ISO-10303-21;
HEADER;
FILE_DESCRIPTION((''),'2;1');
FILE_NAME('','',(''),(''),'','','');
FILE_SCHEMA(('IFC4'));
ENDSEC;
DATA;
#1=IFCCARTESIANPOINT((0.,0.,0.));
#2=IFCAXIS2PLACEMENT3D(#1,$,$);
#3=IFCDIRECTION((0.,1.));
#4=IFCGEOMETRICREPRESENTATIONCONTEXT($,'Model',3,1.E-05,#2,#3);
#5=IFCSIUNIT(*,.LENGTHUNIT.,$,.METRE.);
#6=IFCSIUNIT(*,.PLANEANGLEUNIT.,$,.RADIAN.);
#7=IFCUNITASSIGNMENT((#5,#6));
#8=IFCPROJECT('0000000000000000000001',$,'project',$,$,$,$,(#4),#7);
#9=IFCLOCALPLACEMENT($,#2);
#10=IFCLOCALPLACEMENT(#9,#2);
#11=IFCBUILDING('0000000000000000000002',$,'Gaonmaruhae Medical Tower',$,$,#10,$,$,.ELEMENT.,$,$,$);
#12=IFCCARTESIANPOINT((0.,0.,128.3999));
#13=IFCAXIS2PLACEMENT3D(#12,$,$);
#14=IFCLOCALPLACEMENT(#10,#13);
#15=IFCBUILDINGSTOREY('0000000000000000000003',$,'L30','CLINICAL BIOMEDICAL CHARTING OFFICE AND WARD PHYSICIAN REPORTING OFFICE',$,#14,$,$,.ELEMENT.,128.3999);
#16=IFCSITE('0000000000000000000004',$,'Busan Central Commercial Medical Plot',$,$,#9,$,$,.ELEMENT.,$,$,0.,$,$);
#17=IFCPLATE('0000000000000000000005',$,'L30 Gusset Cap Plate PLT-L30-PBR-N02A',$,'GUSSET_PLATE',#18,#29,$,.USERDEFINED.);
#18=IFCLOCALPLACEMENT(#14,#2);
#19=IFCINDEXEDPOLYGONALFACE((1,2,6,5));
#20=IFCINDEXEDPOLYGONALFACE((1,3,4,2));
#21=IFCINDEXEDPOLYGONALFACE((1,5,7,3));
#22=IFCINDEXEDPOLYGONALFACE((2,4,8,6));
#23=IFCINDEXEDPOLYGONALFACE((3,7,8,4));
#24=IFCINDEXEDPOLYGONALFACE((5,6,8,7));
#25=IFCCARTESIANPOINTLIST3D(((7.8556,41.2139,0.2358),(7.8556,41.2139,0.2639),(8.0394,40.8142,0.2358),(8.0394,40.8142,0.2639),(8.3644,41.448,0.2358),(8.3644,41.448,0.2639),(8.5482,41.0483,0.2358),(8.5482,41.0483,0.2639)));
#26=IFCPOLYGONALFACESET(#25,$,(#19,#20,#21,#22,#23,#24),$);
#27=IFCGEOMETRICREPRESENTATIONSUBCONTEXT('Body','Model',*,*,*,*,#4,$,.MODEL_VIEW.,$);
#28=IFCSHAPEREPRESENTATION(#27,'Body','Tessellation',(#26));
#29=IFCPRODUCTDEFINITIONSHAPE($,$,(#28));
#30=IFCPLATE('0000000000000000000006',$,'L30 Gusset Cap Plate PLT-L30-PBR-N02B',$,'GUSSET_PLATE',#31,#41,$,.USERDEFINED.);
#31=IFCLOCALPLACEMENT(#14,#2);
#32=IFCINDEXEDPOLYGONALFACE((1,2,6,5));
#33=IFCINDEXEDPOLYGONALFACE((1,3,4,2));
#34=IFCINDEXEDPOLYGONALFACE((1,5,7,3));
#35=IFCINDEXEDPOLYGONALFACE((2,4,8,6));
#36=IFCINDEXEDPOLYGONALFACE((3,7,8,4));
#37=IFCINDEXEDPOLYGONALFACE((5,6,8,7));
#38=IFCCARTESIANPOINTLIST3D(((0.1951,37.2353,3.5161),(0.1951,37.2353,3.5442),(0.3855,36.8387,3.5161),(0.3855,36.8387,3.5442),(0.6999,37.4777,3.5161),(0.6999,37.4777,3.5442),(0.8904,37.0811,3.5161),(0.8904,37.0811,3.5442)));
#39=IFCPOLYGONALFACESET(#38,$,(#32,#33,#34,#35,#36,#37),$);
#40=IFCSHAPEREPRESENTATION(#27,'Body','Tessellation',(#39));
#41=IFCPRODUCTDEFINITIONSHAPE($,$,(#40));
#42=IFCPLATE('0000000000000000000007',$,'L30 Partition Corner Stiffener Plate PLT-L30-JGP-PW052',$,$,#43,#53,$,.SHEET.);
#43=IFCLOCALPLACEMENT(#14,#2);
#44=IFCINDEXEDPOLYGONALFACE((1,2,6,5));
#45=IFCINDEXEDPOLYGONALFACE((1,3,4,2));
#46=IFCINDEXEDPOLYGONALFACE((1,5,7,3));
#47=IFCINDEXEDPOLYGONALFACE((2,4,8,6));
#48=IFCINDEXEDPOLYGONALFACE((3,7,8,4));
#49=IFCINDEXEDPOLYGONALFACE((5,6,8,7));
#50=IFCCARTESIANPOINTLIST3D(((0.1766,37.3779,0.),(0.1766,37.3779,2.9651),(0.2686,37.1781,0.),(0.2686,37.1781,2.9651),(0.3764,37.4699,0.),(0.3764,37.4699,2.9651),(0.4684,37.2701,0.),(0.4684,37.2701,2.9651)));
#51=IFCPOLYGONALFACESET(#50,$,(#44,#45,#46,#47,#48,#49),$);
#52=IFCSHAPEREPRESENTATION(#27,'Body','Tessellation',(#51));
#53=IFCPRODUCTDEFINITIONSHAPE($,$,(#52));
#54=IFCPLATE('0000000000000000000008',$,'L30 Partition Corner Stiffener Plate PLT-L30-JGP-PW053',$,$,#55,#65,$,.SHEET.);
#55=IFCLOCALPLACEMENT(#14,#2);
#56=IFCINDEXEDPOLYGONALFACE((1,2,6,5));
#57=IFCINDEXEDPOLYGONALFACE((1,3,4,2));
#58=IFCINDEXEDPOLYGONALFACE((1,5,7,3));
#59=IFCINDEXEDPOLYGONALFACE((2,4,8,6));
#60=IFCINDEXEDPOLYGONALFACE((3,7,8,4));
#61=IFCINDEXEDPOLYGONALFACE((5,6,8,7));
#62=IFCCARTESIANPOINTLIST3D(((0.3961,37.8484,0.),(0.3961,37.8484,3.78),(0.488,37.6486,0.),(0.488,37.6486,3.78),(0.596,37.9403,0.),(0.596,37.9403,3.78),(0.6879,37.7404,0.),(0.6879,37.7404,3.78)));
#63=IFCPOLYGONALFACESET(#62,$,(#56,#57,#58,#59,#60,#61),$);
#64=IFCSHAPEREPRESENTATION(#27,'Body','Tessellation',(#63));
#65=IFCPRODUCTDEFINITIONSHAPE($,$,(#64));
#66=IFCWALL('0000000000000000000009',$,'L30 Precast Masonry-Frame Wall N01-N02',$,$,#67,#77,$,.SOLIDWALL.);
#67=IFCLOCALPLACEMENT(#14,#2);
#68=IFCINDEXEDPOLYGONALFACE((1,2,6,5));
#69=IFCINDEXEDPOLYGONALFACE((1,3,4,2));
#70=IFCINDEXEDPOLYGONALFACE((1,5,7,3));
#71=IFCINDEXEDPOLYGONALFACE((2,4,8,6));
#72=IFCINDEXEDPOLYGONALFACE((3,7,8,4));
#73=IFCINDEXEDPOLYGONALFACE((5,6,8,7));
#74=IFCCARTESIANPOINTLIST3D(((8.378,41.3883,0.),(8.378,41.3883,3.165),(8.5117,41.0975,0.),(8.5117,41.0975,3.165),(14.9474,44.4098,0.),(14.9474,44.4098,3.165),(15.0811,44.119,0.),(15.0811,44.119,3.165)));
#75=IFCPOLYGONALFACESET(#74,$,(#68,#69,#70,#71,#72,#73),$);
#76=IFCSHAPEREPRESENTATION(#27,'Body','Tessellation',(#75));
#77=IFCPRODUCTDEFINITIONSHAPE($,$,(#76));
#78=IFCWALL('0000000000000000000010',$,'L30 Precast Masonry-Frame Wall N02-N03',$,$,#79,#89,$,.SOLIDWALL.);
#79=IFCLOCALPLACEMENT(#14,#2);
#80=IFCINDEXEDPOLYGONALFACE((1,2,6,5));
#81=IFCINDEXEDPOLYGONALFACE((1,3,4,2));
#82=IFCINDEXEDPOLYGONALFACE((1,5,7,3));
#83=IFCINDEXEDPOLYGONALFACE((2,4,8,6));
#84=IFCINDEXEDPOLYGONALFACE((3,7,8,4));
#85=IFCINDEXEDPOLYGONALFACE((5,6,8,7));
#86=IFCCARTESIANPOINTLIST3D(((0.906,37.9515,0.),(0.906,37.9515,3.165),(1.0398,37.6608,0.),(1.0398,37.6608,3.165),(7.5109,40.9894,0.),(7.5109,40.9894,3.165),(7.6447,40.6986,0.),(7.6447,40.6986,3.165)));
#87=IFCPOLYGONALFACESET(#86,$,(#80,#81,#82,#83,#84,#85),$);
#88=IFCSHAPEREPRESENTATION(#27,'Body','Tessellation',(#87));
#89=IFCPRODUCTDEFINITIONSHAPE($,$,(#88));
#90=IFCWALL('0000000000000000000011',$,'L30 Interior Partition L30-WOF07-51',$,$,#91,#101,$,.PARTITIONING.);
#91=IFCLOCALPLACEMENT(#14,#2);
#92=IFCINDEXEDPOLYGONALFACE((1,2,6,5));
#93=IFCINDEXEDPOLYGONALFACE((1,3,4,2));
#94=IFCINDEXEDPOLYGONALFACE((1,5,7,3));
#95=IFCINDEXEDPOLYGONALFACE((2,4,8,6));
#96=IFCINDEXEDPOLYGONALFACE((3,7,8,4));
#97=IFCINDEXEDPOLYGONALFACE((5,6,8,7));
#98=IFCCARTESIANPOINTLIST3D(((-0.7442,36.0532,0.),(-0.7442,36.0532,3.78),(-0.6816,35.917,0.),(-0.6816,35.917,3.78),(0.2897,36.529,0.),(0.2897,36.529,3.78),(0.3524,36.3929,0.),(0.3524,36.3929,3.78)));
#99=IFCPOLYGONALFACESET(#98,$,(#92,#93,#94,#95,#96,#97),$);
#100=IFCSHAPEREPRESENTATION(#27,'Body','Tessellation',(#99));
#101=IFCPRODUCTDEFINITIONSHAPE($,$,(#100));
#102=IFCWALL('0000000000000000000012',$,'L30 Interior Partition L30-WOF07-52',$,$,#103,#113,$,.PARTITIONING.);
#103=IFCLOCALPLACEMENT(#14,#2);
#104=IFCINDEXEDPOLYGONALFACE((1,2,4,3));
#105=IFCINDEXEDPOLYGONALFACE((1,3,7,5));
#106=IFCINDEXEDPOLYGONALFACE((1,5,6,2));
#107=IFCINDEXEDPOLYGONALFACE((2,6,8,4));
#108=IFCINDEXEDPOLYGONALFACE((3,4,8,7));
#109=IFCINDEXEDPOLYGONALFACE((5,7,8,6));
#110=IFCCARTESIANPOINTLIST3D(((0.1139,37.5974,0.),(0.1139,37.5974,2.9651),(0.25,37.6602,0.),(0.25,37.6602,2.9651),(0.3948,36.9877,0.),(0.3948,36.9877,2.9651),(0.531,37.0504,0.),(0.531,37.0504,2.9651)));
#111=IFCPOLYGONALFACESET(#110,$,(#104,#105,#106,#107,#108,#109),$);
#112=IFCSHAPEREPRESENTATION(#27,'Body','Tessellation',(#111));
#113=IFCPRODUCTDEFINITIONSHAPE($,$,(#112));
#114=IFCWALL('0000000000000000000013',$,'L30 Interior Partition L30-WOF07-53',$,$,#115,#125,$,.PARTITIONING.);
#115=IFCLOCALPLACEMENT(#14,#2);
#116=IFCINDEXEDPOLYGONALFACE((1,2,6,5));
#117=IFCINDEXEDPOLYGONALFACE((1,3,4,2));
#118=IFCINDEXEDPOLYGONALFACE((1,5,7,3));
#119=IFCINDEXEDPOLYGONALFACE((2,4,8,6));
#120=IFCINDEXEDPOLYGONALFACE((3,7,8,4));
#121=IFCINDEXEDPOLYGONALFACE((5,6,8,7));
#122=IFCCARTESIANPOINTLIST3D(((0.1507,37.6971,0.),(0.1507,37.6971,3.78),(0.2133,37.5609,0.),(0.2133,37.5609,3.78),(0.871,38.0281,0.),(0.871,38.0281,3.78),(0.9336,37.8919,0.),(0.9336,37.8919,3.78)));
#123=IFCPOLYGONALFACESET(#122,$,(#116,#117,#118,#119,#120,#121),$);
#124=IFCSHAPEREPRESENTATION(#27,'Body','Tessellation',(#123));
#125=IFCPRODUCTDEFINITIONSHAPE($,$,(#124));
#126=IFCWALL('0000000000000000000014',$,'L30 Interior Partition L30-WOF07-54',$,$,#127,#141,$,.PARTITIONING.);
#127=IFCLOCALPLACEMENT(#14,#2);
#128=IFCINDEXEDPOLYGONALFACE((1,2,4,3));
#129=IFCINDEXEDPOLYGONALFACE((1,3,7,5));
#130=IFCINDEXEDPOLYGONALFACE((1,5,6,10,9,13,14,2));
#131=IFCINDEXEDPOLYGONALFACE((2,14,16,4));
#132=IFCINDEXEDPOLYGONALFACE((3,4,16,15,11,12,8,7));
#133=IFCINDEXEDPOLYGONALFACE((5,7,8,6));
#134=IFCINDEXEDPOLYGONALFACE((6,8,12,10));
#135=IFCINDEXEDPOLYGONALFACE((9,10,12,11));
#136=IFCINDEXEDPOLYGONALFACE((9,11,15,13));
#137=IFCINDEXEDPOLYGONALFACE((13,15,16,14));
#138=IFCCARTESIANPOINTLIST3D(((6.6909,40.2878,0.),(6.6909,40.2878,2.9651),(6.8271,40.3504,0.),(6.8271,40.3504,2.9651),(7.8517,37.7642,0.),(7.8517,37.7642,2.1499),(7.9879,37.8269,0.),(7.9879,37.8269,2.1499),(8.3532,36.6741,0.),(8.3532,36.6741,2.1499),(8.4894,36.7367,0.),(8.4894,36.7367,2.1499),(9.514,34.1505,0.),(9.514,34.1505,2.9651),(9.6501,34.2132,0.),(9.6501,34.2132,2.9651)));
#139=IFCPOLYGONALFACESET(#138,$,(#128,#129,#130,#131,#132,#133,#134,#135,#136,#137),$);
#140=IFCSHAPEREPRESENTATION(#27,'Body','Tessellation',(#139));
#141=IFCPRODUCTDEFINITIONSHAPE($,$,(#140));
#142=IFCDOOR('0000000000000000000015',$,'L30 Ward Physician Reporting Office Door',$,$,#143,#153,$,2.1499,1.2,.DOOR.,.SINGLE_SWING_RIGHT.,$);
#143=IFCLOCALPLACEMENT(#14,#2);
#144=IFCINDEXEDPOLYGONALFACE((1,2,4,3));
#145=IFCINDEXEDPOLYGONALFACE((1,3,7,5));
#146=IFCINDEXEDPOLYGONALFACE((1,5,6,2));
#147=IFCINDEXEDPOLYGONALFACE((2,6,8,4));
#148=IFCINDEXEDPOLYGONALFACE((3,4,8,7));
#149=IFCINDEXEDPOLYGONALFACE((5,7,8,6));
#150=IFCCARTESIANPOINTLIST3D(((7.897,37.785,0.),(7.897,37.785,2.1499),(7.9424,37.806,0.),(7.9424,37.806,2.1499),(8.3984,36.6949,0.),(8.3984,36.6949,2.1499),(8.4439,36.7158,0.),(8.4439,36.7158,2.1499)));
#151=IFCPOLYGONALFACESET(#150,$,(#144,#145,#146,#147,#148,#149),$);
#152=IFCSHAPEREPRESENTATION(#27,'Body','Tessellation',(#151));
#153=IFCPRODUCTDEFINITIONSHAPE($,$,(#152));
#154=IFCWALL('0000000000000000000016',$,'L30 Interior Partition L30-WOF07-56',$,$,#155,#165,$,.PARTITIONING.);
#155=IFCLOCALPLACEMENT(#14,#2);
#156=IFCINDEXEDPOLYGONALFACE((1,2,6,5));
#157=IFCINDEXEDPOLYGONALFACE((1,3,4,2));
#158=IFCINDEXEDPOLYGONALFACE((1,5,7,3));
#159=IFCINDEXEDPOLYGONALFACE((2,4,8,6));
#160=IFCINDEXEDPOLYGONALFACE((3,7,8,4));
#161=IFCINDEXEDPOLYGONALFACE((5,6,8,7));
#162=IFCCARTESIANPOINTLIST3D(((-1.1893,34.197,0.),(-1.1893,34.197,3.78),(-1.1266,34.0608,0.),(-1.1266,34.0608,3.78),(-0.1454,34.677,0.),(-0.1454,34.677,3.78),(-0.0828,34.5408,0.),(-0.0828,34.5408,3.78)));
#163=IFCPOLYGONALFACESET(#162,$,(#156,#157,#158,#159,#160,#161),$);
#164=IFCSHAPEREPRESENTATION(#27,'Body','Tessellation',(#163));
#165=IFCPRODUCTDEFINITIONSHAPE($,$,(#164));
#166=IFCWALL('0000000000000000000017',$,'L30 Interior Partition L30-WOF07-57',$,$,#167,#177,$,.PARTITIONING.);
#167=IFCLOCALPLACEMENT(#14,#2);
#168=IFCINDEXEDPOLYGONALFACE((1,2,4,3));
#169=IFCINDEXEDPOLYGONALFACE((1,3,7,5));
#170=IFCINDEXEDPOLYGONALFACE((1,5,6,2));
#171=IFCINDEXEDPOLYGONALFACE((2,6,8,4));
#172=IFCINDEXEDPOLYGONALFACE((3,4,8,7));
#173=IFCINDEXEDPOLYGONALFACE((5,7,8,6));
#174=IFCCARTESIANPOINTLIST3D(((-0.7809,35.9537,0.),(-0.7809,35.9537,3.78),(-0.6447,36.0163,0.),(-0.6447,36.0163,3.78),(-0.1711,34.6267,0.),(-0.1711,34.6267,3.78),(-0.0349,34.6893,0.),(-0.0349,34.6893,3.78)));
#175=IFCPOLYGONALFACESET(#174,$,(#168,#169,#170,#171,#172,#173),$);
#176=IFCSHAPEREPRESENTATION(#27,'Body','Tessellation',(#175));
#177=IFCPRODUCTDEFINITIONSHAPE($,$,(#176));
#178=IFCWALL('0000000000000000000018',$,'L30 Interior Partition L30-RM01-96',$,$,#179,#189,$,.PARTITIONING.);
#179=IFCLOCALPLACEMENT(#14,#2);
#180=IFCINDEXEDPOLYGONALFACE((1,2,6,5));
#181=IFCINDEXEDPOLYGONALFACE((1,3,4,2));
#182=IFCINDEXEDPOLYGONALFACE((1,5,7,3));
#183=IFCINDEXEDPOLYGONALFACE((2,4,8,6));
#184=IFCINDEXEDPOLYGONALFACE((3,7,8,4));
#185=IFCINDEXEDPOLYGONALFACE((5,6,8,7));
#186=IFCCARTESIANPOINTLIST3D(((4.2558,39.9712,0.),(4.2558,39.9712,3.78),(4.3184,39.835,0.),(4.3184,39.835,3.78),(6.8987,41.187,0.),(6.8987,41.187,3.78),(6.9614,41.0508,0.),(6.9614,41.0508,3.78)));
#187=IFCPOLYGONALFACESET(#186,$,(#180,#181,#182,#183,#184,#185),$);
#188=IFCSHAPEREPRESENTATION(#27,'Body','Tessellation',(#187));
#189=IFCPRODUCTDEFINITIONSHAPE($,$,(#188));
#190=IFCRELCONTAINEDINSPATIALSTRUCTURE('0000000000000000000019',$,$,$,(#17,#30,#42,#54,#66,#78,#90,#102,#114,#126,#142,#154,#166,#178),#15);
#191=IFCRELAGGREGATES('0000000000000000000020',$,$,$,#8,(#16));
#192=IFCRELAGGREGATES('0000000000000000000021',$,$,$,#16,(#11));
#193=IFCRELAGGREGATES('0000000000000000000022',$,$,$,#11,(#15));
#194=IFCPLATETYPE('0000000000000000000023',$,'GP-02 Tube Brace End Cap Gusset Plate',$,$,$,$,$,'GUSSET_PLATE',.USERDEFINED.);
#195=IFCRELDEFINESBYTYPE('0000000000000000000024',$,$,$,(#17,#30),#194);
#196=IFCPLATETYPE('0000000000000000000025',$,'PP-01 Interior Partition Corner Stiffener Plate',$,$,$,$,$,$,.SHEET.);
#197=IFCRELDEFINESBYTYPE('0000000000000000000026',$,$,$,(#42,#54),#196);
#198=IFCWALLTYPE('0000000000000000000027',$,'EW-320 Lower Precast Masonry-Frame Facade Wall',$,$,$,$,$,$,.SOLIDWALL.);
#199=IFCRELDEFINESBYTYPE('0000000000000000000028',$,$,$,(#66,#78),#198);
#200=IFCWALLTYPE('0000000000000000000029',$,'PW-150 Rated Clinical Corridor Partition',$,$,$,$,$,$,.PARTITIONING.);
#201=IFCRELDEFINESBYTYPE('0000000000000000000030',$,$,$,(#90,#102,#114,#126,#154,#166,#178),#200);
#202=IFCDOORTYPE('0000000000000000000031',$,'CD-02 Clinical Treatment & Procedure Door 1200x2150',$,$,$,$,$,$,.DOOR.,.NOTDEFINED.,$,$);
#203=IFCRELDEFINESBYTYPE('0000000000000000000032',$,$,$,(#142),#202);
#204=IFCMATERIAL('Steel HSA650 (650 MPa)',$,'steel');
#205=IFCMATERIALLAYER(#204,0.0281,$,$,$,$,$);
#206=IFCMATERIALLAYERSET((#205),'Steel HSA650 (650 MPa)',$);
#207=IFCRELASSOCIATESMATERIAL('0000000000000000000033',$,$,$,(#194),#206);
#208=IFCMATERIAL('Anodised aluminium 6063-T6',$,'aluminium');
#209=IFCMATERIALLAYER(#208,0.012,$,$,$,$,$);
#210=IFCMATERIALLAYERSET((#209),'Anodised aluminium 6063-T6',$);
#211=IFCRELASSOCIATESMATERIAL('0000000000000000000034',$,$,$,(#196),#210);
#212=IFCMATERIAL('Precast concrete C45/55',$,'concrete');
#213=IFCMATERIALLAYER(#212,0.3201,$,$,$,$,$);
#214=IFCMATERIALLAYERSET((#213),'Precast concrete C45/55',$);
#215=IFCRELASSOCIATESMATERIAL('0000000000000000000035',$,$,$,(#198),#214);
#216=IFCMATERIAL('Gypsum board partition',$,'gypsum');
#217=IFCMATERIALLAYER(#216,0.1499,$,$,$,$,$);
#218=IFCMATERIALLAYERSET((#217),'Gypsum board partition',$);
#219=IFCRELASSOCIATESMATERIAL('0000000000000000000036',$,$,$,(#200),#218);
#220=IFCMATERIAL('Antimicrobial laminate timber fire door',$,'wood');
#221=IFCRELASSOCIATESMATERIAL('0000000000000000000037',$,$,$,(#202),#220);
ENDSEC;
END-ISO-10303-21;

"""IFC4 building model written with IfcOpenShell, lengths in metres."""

from ifc_helpers import new_model, si_unit, direction, frame, frame_2d, origin, origin_2d, place, context, subcontext, project, spatial, rectangle, extrude, material, layer, layer_set, type_object, element, fill, save


model = new_model("IFC4")

# Units and contexts
model_context = context("Model", 3, precision=1e-05, world=origin(), true_north=direction((0.0, 1.0)))
body_context = subcontext(model_context, "Body", "Model", "MODEL_VIEW")
ifc_project = project(units=[si_unit("LENGTHUNIT", "METRE"), si_unit("PLANEANGLEUNIT", "RADIAN")], contexts=[model_context])

# Site, building, storey
site_placement = place(None, origin())
site = spatial("IfcSite", under=ifc_project, at=site_placement, Name="Busan Central Commercial Medical Plot", CompositionType="ELEMENT", RefElevation=0.0)
building_placement = place(site_placement, origin())
building = spatial("IfcBuilding", under=site, at=building_placement, Name="Gaonmaruhae Medical Tower", CompositionType="ELEMENT")
storey_placement = place(building_placement, frame((0.0, 0.0, 128.3999)))
storey = spatial("IfcBuildingStorey", under=building, at=storey_placement, Name="L30", Description="CLINICAL BIOMEDICAL CHARTING OFFICE AND WARD PHYSICIAN REPORTING OFFICE", CompositionType="ELEMENT", Elevation=128.3999)

# Plates
ifc_material_1 = material(Name="Steel HSA650 (650 MPa)", Category="steel")
ifc_layer_1 = layer(ifc_material_1, 0.0281)
ifc_layer_set_1 = layer_set([ifc_layer_1], Name="Steel HSA650 (650 MPa)")
plate_type_1 = type_object("IfcPlateType", Name="GP-02 Tube Brace End Cap Gusset Plate", ElementType="GUSSET_PLATE", PredefinedType="USERDEFINED", material=ifc_layer_set_1)
for number, where, z_axis, x_axis, name in (
    (1, (8.2019, 41.1311, 0.2358), (0.0, 0.0, 1.0), (0.908508, 0.417867, 0.0), "L30 Gusset Cap Plate PLT-L30-PBR-N02A"),
    (2, (0.5427, 37.1582, 3.5161), (0.0, 0.0, 1.0), (0.901455, 0.432873, 0.0), "L30 Gusset Cap Plate PLT-L30-PBR-N02B"),
):
    element("IfcPlate", number, at=place(storey_placement, frame(where, z_axis=z_axis, x_axis=x_axis)), inside=storey, type_object=plate_type_1, Name=name, ObjectType="GUSSET_PLATE", PredefinedType="USERDEFINED", context=body_context, shape_type="SweptSolid", body=[
        extrude(rectangle(XDim=0.5601, YDim=0.4399, at=origin_2d()), origin(), (0.0, 0.0, 1.0), 0.0281),
    ])
ifc_material_2 = material(Name="Anodised aluminium 6063-T6", Category="aluminium")
ifc_layer_2 = layer(ifc_material_2, 0.012)
ifc_layer_set_2 = layer_set([ifc_layer_2], Name="Anodised aluminium 6063-T6")
plate_type_2 = type_object("IfcPlateType", Name="PP-01 Interior Partition Corner Stiffener Plate", PredefinedType="SHEET", material=ifc_layer_set_2)
plate_1_placement = place(storey_placement, frame((0.3225, 37.324, 0.0), z_axis=(0.0, 0.0, 1.0), x_axis=(-0.41839, 0.908267, 0.0)))
element("IfcPlate", 3, at=plate_1_placement, inside=storey, type_object=plate_type_2, Name="L30 Partition Corner Stiffener Plate PLT-L30-JGP-PW052", PredefinedType="SHEET", context=body_context, shape_type="SweptSolid", body=[
    extrude(rectangle(XDim=0.22, YDim=0.22, at=origin_2d()), origin(), (0.0, 0.0, 1.0), 2.9651),
])
plate_2_placement = place(storey_placement, frame((0.542, 37.7944, 0.0), z_axis=(0.0, 0.0, 1.0), x_axis=(0.908588, 0.417693, 0.0)))
element("IfcPlate", 4, at=plate_2_placement, inside=storey, type_object=plate_type_2, Name="L30 Partition Corner Stiffener Plate PLT-L30-JGP-PW053", PredefinedType="SHEET", context=body_context, shape_type="SweptSolid", body=[
    extrude(rectangle(XDim=0.22, YDim=0.22, at=origin_2d()), origin(), (0.0, 0.0, 1.0), 3.78),
])

# Walls
ifc_material_3 = material(Name="Precast concrete C45/55", Category="concrete")
ifc_layer_3 = layer(ifc_material_3, 0.3201)
ifc_layer_set_3 = layer_set([ifc_layer_3], Name="Precast concrete C45/55")
wall_type_1 = type_object("IfcWallType", Name="EW-320 Lower Precast Masonry-Frame Facade Wall", PredefinedType="SOLIDWALL", material=ifc_layer_set_3)
wall_1_placement = place(storey_placement, frame((8.4448, 41.2429, 0.0), z_axis=(0.0, 0.0, 1.0), x_axis=(0.908512, 0.417859, 0.0)))
element("IfcWall", 5, at=wall_1_placement, inside=storey, type_object=wall_type_1, Name="L30 Precast Masonry-Frame Wall N01-N02", PredefinedType="SOLIDWALL", context=body_context, shape_type="SweptSolid", body=[
    extrude(rectangle(XDim=7.231, YDim=0.3201, at=frame_2d((3.6155, 0.0))), origin(), (0.0, 0.0, 1.0), 3.165),
])
wall_2_placement = place(storey_placement, frame((0.9729, 37.8062, 0.0), z_axis=(0.0, 0.0, 1.0), x_axis=(0.908514, 0.417855, 0.0)))
element("IfcWall", 6, at=wall_2_placement, inside=storey, type_object=wall_type_1, Name="L30 Precast Masonry-Frame Wall N02-N03", PredefinedType="SOLIDWALL", context=body_context, shape_type="SweptSolid", body=[
    extrude(rectangle(XDim=7.27, YDim=0.3201, at=frame_2d((3.635, 0.0))), origin(), (0.0, 0.0, 1.0), 3.165),
])
ifc_material_4 = material(Name="Gypsum board partition", Category="gypsum")
ifc_layer_4 = layer(ifc_material_4, 0.1499)
ifc_layer_set_4 = layer_set([ifc_layer_4], Name="Gypsum board partition")
wall_type_2 = type_object("IfcWallType", Name="PW-150 Rated Clinical Corridor Partition", PredefinedType="PARTITIONING", material=ifc_layer_set_4)
wall_3_placement = place(storey_placement, frame((-0.7129, 35.9851, 0.0), z_axis=(0.0, 0.0, 1.0), x_axis=(0.908417, 0.418065, 0.0)))
element("IfcWall", 7, at=wall_3_placement, inside=storey, type_object=wall_type_2, Name="L30 Interior Partition L30-WOF07-51", PredefinedType="PARTITIONING", context=body_context, shape_type="SweptSolid", body=[
    extrude(rectangle(XDim=1.1382, YDim=0.1499, at=frame_2d((0.5691, 0.0))), origin(), (0.0, 0.0, 1.0), 3.78),
])
wall_4_placement = place(storey_placement, frame((0.4629, 37.019, 0.0), z_axis=(0.0, 0.0, 1.0), x_axis=(-0.418482, 0.908225, 0.0)))
element("IfcWall", 8, at=wall_4_placement, inside=storey, type_object=wall_type_2, Name="L30 Interior Partition L30-WOF07-52", PredefinedType="PARTITIONING", context=body_context, shape_type="SweptSolid", body=[
    extrude(rectangle(XDim=0.6714, YDim=0.1499, at=frame_2d((0.3357, 0.0))), origin(), (0.0, 0.0, 1.0), 2.9651),
])
wall_5_placement = place(storey_placement, frame((0.1819, 37.6289, 0.0), z_axis=(0.0, 0.0, 1.0), x_axis=(0.908607, 0.417651, 0.0)))
element("IfcWall", 9, at=wall_5_placement, inside=storey, type_object=wall_type_2, Name="L30 Interior Partition L30-WOF07-53", PredefinedType="PARTITIONING", context=body_context, shape_type="SweptSolid", body=[
    extrude(rectangle(XDim=0.7927, YDim=0.1499, at=frame_2d((0.3965, 0.0))), origin(), (0.0, 0.0, 1.0), 3.78),
])

# Wall, opening, door
wall_6_placement = place(storey_placement, frame((6.759, 40.3191, 0.0), z_axis=(0.0, 0.0, 1.0), x_axis=(0.417891, -0.908497, 0.0)))
wall_6 = element("IfcWall", 10, at=wall_6_placement, inside=storey, type_object=wall_type_2, Name="L30 Interior Partition L30-WOF07-54", PredefinedType="PARTITIONING", context=body_context, shape_type="SweptSolid", body=[
    extrude(rectangle(XDim=6.7554, YDim=0.1499, at=frame_2d((3.3777, 0.0))), origin(), (0.0, 0.0, 1.0), 2.9651),
])
opening_placement = place(wall_6_placement, frame((2.7776, 0.0, 0.0)))
opening = element("IfcOpeningElement", 11, at=opening_placement, cuts=wall_6, PredefinedType="OPENING", context=body_context, shape_type="SweptSolid", body=[
    extrude(rectangle(XDim=1.2, YDim=2.1499, at=frame_2d((0.6001, 1.075))), frame((0.0, 0.085, 0.0), z_axis=(0.0, -1.0, 0.0), x_axis=(1.0, 0.0, 0.0)), (0.0, 0.0, 1.0), 0.1699),
])
ifc_material_5 = material(Name="Antimicrobial laminate timber fire door", Category="wood")
door_type = type_object("IfcDoorType", Name="CD-02 Clinical Treatment & Procedure Door 1200x2150", OperationType="NOTDEFINED", PredefinedType="DOOR", material=ifc_material_5)
door_placement = place(opening_placement, origin())
door = element("IfcDoor", 12, at=door_placement, inside=storey, type_object=door_type, Name="L30 Ward Physician Reporting Office Door", OperationType="SINGLE_SWING_RIGHT", OverallHeight=2.1499, OverallWidth=1.2, PredefinedType="DOOR", context=body_context, shape_type="SweptSolid", body=[
    extrude(rectangle(XDim=1.2, YDim=2.1499, at=frame_2d((0.6001, 1.075))), frame((0.0, 0.0249, 0.0), z_axis=(0.0, -1.0, 0.0), x_axis=(1.0, 0.0, 0.0)), (0.0, 0.0, 1.0), 0.05),
])
fill(opening, door)

# Walls
wall_7_placement = place(storey_placement, frame((-1.158, 34.1289, 0.0), z_axis=(0.0, 0.0, 1.0), x_axis=(0.908568, 0.417737, 0.0)))
element("IfcWall", 13, at=wall_7_placement, inside=storey, type_object=wall_type_2, Name="L30 Interior Partition L30-WOF07-56", PredefinedType="PARTITIONING", context=body_context, shape_type="SweptSolid", body=[
    extrude(rectangle(XDim=1.1489, YDim=0.1499, at=frame_2d((0.5745, 0.0))), origin(), (0.0, 0.0, 1.0), 3.78),
])
wall_8_placement = place(storey_placement, frame((-0.103, 34.658, 0.0), z_axis=(0.0, 0.0, 1.0), x_axis=(-0.417552, 0.908653, 0.0)))
element("IfcWall", 14, at=wall_8_placement, inside=storey, type_object=wall_type_2, Name="L30 Interior Partition L30-WOF07-57", PredefinedType="PARTITIONING", context=body_context, shape_type="SweptSolid", body=[
    extrude(rectangle(XDim=1.4604, YDim=0.1499, at=frame_2d((0.7302, 0.0))), origin(), (0.0, 0.0, 1.0), 3.78),
])
wall_9_placement = place(storey_placement, frame((4.2871, 39.9031, 0.0), z_axis=(0.0, 0.0, 1.0), x_axis=(0.908475, 0.41794, 0.0)))
element("IfcWall", 15, at=wall_9_placement, inside=storey, type_object=wall_type_2, Name="L30 Interior Partition L30-RM01-96", PredefinedType="PARTITIONING", context=body_context, shape_type="SweptSolid", body=[
    extrude(rectangle(XDim=2.9092, YDim=0.1499, at=frame_2d((1.4546, 0.0))), origin(), (0.0, 0.0, 1.0), 3.78),
])

save(model, "model.ifc")
